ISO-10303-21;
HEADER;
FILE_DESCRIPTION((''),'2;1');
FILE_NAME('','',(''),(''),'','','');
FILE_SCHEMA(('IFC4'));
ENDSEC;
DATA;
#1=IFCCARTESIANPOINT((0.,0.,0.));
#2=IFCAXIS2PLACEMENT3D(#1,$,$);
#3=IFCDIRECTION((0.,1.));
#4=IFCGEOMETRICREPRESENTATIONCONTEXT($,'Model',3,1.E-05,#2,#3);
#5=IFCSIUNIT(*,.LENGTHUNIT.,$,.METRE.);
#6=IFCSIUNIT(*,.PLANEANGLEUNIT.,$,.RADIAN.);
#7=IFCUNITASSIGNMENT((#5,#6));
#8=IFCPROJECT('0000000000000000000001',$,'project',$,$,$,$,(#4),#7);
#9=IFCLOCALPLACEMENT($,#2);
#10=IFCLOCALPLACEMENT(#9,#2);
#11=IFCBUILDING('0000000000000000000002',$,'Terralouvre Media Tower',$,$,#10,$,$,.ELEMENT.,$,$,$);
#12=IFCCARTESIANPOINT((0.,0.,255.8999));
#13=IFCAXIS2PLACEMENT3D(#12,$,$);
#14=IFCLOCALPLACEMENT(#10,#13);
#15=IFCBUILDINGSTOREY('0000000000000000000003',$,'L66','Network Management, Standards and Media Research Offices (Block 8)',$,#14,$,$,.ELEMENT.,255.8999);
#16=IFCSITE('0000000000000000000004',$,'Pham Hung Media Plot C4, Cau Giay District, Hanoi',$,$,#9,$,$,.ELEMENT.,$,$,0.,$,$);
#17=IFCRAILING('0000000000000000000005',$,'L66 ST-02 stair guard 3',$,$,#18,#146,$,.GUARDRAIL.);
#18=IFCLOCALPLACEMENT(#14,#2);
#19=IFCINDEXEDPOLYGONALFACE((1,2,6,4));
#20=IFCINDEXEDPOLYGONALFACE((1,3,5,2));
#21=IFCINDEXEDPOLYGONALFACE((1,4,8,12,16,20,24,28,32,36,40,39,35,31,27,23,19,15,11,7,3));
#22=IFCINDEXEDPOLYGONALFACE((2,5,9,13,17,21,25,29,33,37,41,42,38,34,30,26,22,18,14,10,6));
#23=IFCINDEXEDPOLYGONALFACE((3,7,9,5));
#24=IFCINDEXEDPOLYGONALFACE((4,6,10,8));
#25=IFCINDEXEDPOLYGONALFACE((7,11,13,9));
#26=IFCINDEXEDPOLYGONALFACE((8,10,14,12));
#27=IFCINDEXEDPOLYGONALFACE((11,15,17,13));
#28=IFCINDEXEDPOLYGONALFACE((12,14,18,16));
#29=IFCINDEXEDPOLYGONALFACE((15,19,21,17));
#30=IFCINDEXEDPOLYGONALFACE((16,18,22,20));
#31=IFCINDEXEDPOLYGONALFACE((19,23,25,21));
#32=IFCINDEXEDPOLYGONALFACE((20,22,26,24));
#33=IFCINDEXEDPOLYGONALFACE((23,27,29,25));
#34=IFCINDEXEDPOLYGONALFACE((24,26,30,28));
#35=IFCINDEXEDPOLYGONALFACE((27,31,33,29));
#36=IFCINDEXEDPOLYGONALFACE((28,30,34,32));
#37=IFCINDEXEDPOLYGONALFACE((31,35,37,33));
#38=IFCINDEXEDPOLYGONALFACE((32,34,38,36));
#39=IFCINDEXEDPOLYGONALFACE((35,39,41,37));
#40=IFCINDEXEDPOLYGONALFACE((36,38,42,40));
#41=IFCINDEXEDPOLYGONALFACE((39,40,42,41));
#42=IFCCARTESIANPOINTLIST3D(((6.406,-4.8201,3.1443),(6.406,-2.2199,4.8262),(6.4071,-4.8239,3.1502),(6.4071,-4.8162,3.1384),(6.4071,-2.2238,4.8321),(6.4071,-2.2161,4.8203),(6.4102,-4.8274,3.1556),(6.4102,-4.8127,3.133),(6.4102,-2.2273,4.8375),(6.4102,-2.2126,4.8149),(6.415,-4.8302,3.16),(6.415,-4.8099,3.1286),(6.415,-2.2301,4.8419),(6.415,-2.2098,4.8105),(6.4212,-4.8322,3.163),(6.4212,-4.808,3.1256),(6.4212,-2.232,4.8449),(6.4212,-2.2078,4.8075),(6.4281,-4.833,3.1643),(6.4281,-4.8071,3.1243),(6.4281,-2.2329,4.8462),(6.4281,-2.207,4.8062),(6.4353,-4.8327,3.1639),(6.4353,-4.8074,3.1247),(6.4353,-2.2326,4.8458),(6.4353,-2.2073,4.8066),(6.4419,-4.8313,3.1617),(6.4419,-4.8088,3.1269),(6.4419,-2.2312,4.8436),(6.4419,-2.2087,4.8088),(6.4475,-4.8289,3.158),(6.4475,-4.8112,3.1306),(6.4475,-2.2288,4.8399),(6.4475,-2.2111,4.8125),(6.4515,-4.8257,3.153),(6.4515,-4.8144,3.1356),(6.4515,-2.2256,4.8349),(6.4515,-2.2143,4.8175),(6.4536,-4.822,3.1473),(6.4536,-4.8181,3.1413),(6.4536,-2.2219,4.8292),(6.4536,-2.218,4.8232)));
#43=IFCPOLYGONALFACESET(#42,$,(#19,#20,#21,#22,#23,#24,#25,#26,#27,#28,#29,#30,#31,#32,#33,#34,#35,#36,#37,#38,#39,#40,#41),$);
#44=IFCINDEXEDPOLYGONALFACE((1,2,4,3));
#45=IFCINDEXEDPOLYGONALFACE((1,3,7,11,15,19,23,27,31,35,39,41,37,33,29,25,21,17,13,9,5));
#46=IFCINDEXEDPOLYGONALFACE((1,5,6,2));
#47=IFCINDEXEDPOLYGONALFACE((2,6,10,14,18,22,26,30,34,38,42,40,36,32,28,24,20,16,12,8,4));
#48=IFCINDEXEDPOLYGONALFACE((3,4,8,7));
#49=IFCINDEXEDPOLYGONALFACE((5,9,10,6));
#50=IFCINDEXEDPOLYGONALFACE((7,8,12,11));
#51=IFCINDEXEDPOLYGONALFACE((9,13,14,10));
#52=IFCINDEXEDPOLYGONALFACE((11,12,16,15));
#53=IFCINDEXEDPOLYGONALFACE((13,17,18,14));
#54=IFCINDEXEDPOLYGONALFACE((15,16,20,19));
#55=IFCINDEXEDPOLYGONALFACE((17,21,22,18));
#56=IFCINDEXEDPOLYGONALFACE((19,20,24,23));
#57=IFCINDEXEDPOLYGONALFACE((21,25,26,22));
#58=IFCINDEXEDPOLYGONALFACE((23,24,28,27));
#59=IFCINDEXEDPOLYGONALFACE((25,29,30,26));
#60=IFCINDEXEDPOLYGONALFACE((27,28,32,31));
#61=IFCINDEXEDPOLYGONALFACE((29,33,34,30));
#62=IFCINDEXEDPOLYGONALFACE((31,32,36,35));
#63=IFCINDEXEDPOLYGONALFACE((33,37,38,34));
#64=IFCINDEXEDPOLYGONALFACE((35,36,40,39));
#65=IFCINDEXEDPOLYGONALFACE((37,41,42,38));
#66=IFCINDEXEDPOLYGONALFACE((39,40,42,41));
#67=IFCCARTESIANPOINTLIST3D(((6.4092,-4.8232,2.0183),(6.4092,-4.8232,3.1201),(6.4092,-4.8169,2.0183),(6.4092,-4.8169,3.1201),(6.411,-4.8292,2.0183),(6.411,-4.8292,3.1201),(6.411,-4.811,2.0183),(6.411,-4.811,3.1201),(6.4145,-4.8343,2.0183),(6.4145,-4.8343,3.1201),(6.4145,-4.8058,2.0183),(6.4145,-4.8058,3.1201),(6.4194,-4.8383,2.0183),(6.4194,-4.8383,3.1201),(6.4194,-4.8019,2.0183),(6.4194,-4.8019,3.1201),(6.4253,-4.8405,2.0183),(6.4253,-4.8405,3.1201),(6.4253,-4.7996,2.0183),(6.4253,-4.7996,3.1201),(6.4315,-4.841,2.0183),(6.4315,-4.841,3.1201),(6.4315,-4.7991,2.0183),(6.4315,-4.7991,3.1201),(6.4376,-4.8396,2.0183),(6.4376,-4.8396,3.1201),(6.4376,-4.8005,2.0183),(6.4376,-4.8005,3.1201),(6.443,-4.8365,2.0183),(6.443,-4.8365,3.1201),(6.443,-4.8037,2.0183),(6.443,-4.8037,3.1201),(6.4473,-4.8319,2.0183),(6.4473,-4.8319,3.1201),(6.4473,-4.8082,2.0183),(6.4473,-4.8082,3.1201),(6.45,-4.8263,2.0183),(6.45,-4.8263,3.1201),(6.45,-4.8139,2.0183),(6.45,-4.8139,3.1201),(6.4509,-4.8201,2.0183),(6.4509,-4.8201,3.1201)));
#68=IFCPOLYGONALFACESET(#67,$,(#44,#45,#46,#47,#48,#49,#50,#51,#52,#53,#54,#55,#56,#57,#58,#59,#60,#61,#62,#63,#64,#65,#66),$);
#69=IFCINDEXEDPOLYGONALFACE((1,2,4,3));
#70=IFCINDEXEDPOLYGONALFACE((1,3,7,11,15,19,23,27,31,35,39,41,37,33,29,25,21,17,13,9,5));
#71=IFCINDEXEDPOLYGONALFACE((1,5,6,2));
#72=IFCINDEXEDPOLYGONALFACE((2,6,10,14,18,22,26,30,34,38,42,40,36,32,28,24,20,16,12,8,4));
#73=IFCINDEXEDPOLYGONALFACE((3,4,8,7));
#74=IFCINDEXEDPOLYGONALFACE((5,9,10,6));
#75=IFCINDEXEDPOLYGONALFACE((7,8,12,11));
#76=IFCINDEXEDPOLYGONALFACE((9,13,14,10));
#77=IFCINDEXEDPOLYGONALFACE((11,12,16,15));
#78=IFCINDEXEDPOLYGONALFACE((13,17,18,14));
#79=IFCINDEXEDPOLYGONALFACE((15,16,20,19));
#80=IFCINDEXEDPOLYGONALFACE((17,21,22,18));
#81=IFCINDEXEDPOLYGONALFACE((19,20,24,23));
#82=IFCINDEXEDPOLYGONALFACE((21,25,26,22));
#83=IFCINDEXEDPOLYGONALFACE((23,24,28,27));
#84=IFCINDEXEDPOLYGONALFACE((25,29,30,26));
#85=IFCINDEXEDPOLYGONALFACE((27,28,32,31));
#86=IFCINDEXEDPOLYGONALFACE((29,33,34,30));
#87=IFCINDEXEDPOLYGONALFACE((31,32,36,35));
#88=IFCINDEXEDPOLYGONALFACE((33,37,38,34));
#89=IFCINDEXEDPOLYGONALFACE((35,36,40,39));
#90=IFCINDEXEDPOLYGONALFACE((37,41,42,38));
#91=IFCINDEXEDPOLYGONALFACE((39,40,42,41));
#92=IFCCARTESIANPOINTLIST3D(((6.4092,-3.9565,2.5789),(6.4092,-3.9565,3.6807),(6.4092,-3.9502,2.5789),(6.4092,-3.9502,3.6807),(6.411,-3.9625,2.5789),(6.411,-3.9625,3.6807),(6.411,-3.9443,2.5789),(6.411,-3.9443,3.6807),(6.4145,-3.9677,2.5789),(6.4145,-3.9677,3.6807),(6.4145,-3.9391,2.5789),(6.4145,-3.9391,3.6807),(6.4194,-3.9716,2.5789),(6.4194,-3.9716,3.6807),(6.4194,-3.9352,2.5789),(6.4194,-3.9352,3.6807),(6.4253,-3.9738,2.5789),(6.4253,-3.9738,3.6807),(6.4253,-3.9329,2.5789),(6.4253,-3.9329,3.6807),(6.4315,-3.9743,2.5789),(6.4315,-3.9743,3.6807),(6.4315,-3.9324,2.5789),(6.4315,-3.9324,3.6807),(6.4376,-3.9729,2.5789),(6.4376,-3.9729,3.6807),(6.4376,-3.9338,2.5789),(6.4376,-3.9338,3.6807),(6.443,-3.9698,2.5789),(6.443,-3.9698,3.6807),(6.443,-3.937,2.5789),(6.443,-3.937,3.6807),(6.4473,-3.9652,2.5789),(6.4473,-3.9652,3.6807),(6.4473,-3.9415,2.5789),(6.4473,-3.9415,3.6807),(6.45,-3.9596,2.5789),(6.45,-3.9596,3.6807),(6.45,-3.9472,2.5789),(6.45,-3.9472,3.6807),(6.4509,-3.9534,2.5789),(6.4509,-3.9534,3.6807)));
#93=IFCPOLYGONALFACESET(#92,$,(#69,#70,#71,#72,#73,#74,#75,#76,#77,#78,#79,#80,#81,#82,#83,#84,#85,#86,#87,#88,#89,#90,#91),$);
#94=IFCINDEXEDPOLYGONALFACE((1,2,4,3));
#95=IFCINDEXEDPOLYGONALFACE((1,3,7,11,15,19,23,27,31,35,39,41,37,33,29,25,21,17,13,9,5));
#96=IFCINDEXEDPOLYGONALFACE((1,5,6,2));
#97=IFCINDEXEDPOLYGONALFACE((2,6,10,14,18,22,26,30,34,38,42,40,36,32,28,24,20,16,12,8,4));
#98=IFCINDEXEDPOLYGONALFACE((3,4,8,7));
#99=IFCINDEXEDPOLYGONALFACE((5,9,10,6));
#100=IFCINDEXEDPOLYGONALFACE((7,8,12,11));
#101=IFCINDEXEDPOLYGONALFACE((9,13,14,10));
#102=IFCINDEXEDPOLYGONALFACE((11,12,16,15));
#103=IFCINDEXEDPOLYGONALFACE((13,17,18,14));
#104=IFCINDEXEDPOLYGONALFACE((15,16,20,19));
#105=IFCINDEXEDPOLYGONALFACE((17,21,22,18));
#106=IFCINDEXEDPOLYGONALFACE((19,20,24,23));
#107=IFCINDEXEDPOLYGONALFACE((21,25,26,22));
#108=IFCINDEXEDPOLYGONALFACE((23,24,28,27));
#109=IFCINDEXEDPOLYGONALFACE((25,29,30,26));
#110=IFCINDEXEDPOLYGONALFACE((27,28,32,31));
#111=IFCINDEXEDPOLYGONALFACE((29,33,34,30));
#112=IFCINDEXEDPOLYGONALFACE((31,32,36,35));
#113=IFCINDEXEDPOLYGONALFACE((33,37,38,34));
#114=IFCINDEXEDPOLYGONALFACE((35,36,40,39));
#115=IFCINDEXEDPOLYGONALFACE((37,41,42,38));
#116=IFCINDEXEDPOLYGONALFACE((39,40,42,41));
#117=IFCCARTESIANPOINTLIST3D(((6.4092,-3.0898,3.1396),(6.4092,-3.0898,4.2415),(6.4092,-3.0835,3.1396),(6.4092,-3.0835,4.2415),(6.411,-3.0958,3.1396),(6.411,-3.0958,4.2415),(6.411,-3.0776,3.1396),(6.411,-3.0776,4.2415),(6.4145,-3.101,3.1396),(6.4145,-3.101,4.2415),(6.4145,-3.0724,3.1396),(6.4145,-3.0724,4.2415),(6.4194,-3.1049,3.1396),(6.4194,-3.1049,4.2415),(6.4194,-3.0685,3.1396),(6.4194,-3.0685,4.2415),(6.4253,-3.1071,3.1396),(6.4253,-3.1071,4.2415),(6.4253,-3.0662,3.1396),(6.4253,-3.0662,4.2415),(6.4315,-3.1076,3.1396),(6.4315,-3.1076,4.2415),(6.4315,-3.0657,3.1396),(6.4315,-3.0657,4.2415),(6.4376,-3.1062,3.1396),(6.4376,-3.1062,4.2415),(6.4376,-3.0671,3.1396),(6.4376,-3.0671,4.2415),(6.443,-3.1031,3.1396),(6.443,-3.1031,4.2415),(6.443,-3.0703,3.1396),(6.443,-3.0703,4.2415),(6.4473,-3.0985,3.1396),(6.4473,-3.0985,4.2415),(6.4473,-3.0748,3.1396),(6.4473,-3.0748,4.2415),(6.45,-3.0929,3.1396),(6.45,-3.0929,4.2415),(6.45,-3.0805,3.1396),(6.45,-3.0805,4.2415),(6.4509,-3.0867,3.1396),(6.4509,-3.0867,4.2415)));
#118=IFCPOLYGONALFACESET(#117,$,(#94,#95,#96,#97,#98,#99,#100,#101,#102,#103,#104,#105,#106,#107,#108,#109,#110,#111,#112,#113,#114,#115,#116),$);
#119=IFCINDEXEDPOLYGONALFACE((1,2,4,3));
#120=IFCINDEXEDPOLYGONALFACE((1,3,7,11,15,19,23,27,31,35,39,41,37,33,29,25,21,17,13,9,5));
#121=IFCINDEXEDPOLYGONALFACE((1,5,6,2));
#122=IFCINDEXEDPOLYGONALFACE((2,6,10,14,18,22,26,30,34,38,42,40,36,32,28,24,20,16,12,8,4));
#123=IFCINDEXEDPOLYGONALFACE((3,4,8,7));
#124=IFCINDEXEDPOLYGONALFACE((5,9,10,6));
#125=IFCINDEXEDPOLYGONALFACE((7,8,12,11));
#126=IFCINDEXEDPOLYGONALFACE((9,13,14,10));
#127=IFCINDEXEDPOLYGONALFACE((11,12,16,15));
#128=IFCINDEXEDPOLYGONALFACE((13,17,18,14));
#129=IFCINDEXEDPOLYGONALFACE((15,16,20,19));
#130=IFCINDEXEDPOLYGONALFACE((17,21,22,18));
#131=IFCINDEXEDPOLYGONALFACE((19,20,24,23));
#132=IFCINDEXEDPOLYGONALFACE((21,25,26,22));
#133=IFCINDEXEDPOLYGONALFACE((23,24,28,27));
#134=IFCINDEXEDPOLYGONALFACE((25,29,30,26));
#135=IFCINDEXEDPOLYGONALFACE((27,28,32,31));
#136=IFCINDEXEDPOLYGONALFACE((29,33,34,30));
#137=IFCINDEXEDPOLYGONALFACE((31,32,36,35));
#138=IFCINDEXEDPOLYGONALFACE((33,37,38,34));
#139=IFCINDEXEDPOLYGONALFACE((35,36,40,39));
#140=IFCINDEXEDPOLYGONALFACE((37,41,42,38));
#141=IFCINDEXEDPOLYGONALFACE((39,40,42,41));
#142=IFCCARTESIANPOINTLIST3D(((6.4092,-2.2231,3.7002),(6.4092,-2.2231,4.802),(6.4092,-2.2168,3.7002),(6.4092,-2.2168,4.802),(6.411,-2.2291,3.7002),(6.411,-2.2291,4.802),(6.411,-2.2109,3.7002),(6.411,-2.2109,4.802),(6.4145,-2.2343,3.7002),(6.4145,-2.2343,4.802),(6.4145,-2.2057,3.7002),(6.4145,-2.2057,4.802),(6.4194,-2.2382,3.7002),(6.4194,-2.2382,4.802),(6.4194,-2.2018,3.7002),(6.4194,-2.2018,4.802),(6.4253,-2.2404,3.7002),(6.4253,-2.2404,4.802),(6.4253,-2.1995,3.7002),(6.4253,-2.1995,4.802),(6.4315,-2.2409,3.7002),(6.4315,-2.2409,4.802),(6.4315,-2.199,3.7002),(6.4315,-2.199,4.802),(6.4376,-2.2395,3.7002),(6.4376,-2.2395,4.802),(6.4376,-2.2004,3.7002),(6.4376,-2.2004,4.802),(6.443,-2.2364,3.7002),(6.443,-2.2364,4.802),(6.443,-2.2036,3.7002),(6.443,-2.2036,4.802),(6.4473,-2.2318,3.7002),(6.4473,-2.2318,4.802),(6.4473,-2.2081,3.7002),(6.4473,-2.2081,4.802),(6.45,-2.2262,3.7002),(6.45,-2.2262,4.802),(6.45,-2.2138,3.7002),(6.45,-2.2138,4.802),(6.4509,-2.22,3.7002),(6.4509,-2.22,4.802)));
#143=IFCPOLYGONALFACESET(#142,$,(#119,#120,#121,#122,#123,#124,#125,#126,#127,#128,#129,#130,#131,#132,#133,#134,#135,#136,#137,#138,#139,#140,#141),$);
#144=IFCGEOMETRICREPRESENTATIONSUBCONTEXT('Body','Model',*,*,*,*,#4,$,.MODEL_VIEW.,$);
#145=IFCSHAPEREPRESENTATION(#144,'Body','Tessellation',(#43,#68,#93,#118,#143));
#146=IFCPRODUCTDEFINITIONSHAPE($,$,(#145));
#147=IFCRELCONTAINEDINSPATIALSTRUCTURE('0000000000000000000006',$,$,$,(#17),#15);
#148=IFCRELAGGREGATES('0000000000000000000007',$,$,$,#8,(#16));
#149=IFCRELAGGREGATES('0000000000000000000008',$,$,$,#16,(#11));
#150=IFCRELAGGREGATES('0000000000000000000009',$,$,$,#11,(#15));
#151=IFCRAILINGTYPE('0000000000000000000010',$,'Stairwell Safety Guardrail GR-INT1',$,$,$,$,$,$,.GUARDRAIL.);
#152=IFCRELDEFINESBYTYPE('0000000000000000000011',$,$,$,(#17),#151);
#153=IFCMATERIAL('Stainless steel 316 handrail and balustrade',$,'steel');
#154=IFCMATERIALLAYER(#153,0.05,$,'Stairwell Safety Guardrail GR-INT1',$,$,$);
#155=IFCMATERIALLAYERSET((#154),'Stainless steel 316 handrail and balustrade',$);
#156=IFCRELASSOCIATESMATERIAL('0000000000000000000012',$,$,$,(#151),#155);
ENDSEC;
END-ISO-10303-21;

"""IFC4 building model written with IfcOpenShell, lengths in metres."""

from ifc_helpers import new_model, si_unit, direction, frame, origin, origin_2d, place, context, subcontext, project, spatial, circle, extrude, material, layer, layer_set, type_object, element, save


model = new_model("IFC4")

# Units and contexts
model_context = context("Model", 3, precision=1e-05, world=origin(), true_north=direction((0.0, 1.0)))
body_context = subcontext(model_context, "Body", "Model", "MODEL_VIEW")
ifc_project = project(units=[si_unit("LENGTHUNIT", "METRE"), si_unit("PLANEANGLEUNIT", "RADIAN")], contexts=[model_context])

# Site, building, storey
site_placement = place(None, origin())
site = spatial("IfcSite", under=ifc_project, at=site_placement, Name="Pham Hung Media Plot C4, Cau Giay District, Hanoi", CompositionType="ELEMENT", RefElevation=0.0)
building_placement = place(site_placement, origin())
building = spatial("IfcBuilding", under=site, at=building_placement, Name="Terralouvre Media Tower", CompositionType="ELEMENT")
storey_placement = place(building_placement, frame((0.0, 0.0, 255.8999)))
storey = spatial("IfcBuildingStorey", under=building, at=storey_placement, Name="L66", Description="Network Management, Standards and Media Research Offices (Block 8)", CompositionType="ELEMENT", Elevation=255.8999)

# Railing
ifc_material_1 = material(Name="Stainless steel 316 handrail and balustrade", Category="steel")
ifc_layer_1 = layer(ifc_material_1, 0.05, Name="Stairwell Safety Guardrail GR-INT1")
ifc_layer_set_1 = layer_set([ifc_layer_1], Name="Stainless steel 316 handrail and balustrade")
railing_type_1 = type_object("IfcRailingType", Name="Stairwell Safety Guardrail GR-INT1", PredefinedType="GUARDRAIL", material=ifc_layer_set_1)
railing_1_placement = place(storey_placement, frame((6.4299, -4.8201, 2.0183)))
element("IfcRailing", 1, at=railing_1_placement, inside=storey, type_object=railing_type_1, Name="L66 ST-02 stair guard 3", PredefinedType="GUARDRAIL", context=body_context, shape_type="SweptSolid", body=[
    extrude(circle(Radius=0.0239, at=origin_2d()), frame((0.0, 0.0, 1.126), z_axis=(0.0, 0.839648, 0.54313), x_axis=(-1.0, 0.0, 0.0)), (0.0, 0.0, 1.0), 3.0967),
    extrude(circle(Radius=0.021, at=origin_2d()), origin(), (0.0, 0.0, 1.0), 1.1018),
    extrude(circle(Radius=0.021, at=origin_2d()), frame((0.0, 0.8667, 0.5605)), (0.0, 0.0, 1.0), 1.1018),
    extrude(circle(Radius=0.021, at=origin_2d()), frame((0.0, 1.7334, 1.1213)), (0.0, 0.0, 1.0), 1.1018),
    extrude(circle(Radius=0.021, at=origin_2d()), frame((0.0, 2.6001, 1.6819)), (0.0, 0.0, 1.0), 1.1018),
])

save(model, "model.ifc")
